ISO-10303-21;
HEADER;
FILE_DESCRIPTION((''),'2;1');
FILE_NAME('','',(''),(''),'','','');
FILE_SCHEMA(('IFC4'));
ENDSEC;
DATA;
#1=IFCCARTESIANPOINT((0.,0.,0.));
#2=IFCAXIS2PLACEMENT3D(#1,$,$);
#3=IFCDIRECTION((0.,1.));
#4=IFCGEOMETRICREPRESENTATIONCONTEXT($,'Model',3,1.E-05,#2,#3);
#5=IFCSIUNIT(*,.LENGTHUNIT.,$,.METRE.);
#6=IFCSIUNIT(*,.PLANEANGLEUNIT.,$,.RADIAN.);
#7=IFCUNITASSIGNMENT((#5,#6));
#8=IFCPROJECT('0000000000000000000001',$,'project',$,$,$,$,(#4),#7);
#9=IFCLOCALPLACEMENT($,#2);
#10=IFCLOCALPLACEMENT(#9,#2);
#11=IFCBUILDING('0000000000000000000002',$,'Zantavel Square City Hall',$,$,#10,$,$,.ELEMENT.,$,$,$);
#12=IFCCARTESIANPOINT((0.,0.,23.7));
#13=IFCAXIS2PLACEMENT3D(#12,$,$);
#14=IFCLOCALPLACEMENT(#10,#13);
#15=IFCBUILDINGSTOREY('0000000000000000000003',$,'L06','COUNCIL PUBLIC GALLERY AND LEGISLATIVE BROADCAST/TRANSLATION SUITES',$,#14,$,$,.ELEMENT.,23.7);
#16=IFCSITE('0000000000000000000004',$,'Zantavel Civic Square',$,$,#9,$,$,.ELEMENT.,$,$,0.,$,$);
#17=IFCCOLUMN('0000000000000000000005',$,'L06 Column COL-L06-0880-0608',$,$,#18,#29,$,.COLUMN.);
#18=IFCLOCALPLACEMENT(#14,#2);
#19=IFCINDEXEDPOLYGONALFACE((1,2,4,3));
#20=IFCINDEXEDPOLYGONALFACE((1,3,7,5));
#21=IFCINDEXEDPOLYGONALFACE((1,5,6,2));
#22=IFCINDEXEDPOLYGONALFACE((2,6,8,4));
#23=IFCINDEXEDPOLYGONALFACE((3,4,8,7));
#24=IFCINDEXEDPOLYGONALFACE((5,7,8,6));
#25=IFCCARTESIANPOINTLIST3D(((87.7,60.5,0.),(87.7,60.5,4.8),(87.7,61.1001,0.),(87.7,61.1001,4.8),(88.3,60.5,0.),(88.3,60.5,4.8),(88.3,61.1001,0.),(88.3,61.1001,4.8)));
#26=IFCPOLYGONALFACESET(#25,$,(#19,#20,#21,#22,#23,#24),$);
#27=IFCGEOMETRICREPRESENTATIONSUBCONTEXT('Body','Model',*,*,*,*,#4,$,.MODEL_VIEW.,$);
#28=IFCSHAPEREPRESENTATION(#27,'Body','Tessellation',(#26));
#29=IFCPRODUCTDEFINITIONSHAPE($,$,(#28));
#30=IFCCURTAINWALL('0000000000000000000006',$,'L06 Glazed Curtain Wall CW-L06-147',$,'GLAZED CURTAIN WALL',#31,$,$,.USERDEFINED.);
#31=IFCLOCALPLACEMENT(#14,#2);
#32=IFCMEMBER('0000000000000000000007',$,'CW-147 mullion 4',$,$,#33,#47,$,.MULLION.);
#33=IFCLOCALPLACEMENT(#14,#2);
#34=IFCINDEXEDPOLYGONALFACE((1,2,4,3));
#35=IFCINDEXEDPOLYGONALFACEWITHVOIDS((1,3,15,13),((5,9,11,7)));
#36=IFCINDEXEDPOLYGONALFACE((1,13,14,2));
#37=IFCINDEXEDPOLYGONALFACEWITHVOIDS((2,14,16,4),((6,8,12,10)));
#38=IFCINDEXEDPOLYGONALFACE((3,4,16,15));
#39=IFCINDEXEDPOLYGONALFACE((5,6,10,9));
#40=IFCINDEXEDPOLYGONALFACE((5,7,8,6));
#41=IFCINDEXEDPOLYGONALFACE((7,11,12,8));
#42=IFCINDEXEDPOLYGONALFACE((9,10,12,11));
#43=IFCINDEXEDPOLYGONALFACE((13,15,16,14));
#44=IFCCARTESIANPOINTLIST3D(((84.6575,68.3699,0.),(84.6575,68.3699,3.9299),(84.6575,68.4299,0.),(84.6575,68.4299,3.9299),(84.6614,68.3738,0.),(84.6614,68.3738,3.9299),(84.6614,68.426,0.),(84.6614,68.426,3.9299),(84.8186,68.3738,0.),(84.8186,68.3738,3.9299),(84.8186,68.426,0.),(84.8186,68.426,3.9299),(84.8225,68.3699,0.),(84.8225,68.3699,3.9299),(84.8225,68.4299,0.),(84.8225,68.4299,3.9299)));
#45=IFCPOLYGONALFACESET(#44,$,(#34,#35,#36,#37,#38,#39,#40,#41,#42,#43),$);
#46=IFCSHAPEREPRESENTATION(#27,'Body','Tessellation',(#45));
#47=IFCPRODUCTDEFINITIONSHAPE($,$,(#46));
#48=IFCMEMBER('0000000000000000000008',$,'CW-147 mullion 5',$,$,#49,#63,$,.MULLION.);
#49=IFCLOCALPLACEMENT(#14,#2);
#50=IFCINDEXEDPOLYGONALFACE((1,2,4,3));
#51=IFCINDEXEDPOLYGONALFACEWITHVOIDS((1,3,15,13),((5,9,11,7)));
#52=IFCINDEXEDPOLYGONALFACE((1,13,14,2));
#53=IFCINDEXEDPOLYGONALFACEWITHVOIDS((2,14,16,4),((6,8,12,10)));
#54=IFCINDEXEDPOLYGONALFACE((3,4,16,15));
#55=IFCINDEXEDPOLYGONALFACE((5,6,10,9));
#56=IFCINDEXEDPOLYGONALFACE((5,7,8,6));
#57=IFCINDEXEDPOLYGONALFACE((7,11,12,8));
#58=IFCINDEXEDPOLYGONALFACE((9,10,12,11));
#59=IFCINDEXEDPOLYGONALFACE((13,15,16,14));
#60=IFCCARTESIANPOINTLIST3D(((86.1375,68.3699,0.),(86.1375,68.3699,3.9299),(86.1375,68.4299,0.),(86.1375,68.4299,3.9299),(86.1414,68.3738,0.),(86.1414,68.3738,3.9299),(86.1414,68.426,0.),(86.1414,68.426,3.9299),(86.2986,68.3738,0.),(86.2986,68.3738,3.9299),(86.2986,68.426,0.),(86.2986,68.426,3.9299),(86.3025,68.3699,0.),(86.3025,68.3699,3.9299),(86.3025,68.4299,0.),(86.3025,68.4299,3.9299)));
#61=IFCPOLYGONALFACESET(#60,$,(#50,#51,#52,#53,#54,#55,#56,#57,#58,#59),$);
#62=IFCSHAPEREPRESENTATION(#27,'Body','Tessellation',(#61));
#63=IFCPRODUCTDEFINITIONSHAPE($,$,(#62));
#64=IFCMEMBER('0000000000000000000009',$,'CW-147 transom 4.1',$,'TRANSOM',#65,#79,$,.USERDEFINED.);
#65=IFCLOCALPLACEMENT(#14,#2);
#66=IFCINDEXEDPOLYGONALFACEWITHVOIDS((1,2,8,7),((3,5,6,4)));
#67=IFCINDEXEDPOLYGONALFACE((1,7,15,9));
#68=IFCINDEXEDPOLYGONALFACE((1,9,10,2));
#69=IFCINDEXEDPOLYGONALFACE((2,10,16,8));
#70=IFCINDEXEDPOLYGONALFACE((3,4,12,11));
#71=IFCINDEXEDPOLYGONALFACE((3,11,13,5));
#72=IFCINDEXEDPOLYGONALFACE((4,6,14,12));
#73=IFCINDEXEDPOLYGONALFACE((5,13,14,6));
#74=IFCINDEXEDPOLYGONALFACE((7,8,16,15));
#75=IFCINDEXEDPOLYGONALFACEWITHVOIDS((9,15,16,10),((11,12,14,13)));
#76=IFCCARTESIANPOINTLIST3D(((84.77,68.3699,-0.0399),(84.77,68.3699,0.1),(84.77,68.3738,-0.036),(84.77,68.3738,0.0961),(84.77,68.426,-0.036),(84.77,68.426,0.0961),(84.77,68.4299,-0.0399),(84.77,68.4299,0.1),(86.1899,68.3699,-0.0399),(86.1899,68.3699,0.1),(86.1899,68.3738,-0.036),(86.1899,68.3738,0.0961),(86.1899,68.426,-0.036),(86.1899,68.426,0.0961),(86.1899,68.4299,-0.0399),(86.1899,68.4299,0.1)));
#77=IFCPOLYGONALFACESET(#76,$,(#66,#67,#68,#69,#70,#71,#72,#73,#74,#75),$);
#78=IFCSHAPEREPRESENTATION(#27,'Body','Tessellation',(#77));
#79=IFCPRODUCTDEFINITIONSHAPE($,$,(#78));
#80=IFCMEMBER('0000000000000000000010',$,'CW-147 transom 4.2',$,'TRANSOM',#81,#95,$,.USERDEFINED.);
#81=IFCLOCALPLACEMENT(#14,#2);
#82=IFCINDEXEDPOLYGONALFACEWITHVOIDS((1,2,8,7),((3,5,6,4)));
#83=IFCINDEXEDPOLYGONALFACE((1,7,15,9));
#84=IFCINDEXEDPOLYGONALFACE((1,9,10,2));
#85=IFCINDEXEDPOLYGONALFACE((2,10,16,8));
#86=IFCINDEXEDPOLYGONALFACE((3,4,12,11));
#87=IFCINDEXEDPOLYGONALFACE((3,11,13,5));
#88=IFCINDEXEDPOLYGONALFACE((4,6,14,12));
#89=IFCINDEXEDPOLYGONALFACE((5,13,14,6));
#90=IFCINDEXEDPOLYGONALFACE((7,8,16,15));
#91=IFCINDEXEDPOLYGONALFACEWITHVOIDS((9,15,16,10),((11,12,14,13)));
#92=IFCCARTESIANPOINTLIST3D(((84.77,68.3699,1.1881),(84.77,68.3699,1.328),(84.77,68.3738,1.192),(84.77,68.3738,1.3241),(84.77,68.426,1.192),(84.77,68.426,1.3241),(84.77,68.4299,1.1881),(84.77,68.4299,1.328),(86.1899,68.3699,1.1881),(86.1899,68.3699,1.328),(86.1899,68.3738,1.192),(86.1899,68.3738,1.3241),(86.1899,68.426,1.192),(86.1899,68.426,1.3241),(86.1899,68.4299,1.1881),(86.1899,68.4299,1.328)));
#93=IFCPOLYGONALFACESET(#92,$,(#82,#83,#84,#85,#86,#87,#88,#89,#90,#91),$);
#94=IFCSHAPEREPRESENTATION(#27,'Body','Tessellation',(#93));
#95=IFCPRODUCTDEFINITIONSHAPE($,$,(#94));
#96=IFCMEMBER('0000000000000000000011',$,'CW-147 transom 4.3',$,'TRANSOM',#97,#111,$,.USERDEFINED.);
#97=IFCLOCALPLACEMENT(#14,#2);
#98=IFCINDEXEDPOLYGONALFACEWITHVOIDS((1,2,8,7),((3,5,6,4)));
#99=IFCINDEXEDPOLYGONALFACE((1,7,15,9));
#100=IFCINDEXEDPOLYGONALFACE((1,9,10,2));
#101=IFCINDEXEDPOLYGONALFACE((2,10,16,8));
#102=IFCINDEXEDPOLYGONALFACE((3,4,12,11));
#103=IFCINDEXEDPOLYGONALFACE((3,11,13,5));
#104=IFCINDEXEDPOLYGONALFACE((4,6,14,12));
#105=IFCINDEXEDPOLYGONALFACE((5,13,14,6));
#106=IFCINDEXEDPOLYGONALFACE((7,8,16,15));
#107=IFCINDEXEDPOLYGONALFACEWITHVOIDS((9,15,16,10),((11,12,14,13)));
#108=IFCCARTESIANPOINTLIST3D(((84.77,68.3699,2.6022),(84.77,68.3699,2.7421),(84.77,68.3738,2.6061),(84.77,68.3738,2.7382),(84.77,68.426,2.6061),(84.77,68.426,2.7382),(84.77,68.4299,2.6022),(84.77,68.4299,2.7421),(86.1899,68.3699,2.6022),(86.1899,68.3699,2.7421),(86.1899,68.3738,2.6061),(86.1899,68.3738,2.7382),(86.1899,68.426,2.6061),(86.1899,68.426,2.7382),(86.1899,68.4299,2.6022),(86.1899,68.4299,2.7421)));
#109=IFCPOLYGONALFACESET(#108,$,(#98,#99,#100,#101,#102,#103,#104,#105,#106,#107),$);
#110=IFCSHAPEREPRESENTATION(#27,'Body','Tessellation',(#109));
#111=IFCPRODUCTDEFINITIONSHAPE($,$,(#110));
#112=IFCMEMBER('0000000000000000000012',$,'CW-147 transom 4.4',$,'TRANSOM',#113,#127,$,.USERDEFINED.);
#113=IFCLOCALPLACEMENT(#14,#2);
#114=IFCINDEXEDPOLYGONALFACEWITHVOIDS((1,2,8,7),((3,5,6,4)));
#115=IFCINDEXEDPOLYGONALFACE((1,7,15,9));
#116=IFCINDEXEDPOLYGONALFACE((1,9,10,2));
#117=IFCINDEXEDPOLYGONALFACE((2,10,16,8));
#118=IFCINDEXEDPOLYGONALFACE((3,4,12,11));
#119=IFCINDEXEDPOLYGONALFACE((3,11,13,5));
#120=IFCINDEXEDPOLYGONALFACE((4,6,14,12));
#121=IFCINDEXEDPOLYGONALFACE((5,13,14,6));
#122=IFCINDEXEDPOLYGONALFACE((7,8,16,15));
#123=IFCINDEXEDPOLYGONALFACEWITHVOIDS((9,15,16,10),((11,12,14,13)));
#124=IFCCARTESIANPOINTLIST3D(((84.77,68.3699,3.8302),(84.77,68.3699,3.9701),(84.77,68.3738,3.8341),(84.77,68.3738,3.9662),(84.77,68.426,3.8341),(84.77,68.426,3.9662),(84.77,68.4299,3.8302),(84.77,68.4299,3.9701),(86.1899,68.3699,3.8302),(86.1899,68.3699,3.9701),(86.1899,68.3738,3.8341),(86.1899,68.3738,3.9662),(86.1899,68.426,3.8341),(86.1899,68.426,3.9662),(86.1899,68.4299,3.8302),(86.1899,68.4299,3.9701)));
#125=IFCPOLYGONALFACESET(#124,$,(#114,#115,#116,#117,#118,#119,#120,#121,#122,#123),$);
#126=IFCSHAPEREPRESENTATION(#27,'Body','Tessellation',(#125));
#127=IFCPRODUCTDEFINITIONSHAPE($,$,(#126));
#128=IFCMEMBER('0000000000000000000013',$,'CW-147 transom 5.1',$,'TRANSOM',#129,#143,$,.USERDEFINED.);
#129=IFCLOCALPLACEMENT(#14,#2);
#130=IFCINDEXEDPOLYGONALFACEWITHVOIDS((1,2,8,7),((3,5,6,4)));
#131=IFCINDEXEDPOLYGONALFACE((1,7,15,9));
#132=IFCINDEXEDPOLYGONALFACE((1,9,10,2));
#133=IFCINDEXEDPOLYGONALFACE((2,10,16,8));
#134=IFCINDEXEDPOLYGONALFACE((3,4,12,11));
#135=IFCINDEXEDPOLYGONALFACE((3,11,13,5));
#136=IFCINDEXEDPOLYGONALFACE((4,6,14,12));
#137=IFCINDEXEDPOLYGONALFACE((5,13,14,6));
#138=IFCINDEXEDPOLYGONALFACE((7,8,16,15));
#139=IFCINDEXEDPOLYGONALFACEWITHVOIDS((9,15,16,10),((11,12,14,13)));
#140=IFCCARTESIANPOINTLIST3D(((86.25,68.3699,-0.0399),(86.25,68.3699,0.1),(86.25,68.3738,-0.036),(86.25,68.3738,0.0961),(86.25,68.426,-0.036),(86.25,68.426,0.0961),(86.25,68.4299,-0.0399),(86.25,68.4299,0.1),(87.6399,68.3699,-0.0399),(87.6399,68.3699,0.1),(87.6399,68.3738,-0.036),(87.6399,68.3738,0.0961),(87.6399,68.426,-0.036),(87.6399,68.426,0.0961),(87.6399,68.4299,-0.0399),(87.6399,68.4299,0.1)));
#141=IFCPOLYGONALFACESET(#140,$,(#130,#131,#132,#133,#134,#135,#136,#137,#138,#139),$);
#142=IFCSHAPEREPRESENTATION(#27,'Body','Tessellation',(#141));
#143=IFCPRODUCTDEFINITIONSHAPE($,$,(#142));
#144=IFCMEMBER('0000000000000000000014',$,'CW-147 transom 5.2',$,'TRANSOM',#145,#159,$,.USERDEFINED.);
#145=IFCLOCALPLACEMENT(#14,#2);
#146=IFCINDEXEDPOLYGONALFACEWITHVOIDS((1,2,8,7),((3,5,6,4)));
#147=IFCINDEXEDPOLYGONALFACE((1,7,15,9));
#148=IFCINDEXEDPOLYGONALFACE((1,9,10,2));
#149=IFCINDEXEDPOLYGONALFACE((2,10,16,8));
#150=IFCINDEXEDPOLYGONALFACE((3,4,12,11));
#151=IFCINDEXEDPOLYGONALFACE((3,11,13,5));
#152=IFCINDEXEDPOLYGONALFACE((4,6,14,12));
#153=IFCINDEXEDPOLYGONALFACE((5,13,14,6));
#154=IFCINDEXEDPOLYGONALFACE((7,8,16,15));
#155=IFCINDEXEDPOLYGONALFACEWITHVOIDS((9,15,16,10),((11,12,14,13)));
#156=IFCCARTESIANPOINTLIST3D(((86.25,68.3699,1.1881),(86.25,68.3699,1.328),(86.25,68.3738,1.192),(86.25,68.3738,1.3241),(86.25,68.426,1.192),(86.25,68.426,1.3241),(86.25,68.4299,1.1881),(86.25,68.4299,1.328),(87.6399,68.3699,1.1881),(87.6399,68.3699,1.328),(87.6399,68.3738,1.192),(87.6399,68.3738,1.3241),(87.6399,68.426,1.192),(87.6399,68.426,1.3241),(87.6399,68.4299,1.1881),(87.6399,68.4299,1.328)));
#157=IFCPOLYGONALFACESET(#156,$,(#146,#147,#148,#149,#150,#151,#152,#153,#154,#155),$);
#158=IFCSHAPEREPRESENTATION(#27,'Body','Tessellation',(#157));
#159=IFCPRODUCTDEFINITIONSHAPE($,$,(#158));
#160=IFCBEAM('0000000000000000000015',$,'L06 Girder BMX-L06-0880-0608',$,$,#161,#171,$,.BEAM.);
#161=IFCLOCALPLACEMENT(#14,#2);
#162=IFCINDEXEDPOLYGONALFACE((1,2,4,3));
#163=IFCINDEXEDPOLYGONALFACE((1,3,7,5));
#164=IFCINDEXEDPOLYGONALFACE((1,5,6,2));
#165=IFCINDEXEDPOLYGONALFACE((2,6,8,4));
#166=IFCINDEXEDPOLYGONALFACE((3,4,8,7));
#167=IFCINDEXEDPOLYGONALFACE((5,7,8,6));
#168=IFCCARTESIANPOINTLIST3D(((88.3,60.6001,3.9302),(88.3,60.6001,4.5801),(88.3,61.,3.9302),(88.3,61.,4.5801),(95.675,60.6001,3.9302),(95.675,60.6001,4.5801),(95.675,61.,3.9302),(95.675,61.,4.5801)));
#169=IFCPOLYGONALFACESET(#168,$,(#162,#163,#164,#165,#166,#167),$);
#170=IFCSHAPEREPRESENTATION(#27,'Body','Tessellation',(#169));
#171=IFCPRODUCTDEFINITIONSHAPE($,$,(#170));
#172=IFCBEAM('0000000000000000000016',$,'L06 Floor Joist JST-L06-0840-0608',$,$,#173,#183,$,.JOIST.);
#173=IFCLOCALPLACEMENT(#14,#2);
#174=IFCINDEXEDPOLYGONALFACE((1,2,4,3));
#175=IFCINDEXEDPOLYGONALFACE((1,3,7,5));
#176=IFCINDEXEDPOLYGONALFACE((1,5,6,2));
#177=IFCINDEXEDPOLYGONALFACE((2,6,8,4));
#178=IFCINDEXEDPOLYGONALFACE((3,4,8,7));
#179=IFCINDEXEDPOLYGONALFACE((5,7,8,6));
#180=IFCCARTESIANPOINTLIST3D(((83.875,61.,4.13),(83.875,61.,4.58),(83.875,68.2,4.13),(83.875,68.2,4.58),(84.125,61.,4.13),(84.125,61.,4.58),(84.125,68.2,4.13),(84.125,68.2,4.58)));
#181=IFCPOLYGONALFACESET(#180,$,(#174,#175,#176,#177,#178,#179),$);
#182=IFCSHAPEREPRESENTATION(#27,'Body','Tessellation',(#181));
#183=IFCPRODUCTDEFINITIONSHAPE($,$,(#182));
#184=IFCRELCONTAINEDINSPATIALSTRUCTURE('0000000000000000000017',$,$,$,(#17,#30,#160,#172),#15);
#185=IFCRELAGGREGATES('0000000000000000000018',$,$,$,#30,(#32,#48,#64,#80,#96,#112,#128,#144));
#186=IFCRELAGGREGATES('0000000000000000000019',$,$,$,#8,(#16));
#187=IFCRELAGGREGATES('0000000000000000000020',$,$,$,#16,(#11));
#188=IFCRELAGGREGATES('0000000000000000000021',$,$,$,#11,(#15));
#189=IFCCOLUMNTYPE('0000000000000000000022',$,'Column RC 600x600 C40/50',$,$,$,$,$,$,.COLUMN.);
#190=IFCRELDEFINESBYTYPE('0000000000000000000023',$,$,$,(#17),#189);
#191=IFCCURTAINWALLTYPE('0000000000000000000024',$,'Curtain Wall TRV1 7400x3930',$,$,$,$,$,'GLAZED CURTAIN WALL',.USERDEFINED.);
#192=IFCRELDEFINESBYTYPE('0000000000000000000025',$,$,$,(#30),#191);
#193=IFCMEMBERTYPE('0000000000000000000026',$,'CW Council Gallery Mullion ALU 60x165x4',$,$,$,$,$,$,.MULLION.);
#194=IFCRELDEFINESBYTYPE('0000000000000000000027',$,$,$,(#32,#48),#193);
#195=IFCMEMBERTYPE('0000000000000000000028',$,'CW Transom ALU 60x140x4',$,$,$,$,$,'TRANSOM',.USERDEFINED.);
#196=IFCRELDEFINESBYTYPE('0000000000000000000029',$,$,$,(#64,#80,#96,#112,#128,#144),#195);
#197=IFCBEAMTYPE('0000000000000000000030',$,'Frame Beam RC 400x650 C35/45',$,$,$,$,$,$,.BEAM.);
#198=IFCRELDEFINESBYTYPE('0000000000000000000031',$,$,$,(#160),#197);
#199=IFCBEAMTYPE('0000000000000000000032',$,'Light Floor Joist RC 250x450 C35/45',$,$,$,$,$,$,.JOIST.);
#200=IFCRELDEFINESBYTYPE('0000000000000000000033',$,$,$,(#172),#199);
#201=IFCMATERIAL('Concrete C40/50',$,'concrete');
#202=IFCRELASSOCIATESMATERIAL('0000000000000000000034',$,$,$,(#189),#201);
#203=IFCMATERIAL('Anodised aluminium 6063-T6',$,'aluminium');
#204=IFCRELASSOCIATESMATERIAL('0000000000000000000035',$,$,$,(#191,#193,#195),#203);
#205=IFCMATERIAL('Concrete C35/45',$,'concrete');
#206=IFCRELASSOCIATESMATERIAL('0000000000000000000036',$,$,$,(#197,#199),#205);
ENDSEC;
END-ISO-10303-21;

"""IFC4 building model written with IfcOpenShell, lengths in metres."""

from ifc_helpers import new_model, si_unit, direction, frame, origin, origin_2d, place, context, subcontext, project, spatial, rectangle, hollow_rectangle, extrude, material, material_profile, profile_set, type_object, element, aggregate, save


model = new_model("IFC4")

# Units and contexts
model_context = context("Model", 3, precision=1e-05, world=origin(), true_north=direction((0.0, 1.0)))
body_context = subcontext(model_context, "Body", "Model", "MODEL_VIEW")
ifc_project = project(units=[si_unit("LENGTHUNIT", "METRE"), si_unit("PLANEANGLEUNIT", "RADIAN")], contexts=[model_context])

# Site, building, storey
site_placement = place(None, origin())
site = spatial("IfcSite", under=ifc_project, at=site_placement, Name="Zantavel Civic Square", CompositionType="ELEMENT", RefElevation=0.0)
building_placement = place(site_placement, origin())
building = spatial("IfcBuilding", under=site, at=building_placement, Name="Zantavel Square City Hall", CompositionType="ELEMENT")
storey_placement = place(building_placement, frame((0.0, 0.0, 23.7)))
storey = spatial("IfcBuildingStorey", under=building, at=storey_placement, Name="L06", Description="COUNCIL PUBLIC GALLERY AND LEGISLATIVE BROADCAST/TRANSLATION SUITES", CompositionType="ELEMENT", Elevation=23.7)

# Column
ifc_material_1 = material(Name="Concrete C40/50", Category="concrete")
ifc_material_profile_1 = material_profile(ifc_material_1, rectangle(XDim=0.6001, YDim=0.6001, at=origin_2d()), Name="RC 600x600")
ifc_profile_set_1 = profile_set([ifc_material_profile_1], Name="Concrete C40/50")
column_type = type_object("IfcColumnType", Name="Column RC 600x600 C40/50", PredefinedType="COLUMN", material=ifc_profile_set_1)
column_placement = place(storey_placement, frame((88.0, 60.8, 0.0), z_axis=(0.0, 0.0, 1.0), x_axis=(1.0, 0.0, 0.0)))
element("IfcColumn", 1, at=column_placement, inside=storey, type_object=column_type, Name="L06 Column COL-L06-0880-0608", PredefinedType="COLUMN", context=body_context, shape_type="SweptSolid", body=[
    extrude(rectangle(XDim=0.6001, YDim=0.6001, at=origin_2d()), origin(), (0.0, 0.0, 1.0), 4.8),
])

# Curtain wall, members
ifc_material_2 = material(Name="Anodised aluminium 6063-T6", Category="aluminium")
curtain_wall_type = type_object("IfcCurtainWallType", Name="Curtain Wall TRV1 7400x3930", ElementType="GLAZED CURTAIN WALL", PredefinedType="USERDEFINED", material=ifc_material_2)
curtain_wall_placement = place(storey_placement, origin())
curtain_wall = element("IfcCurtainWall", 2, at=curtain_wall_placement, inside=storey, type_object=curtain_wall_type, Name="L06 Glazed Curtain Wall CW-L06-147", ObjectType="GLAZED CURTAIN WALL", PredefinedType="USERDEFINED")
ifc_material_profile_2 = material_profile(ifc_material_2, hollow_rectangle(XDim=0.0601, YDim=0.165, WallThickness=0.0039, at=origin_2d()), Name="ALU 60x165x4")
ifc_profile_set_2 = profile_set([ifc_material_profile_2], Name="Anodised aluminium 6063-T6")
member_type_1 = type_object("IfcMemberType", Name="CW Council Gallery Mullion ALU 60x165x4", PredefinedType="MULLION", material=ifc_profile_set_2)
member_1_placement = place(storey_placement, frame((84.74, 68.3999, 0.0), z_axis=(0.0, 0.0, 1.0), x_axis=(0.0, 1.0, 0.0)))
member_1 = element("IfcMember", 3, at=member_1_placement, type_object=member_type_1, Name="CW-147 mullion 4", PredefinedType="MULLION", context=body_context, shape_type="SweptSolid", body=[
    extrude(hollow_rectangle(XDim=0.0601, YDim=0.165, WallThickness=0.0039, at=origin_2d()), origin(), (0.0, 0.0, 1.0), 3.9299),
])
member_2_placement = place(storey_placement, frame((86.22, 68.3999, 0.0), z_axis=(0.0, 0.0, 1.0), x_axis=(0.0, 1.0, 0.0)))
member_2 = element("IfcMember", 4, at=member_2_placement, type_object=member_type_1, Name="CW-147 mullion 5", PredefinedType="MULLION", context=body_context, shape_type="SweptSolid", body=[
    extrude(hollow_rectangle(XDim=0.0601, YDim=0.165, WallThickness=0.0039, at=origin_2d()), origin(), (0.0, 0.0, 1.0), 3.9299),
])
ifc_material_profile_3 = material_profile(ifc_material_2, hollow_rectangle(XDim=0.0601, YDim=0.1399, WallThickness=0.0039, at=origin_2d()), Name="ALU 60x140x4")
ifc_profile_set_3 = profile_set([ifc_material_profile_3], Name="Anodised aluminium 6063-T6")
member_type_2 = type_object("IfcMemberType", Name="CW Transom ALU 60x140x4", ElementType="TRANSOM", PredefinedType="USERDEFINED", material=ifc_profile_set_3)
member_3_placement = place(storey_placement, frame((84.77, 68.3999, 0.03), z_axis=(1.0, 0.0, 0.0), x_axis=(0.0, 1.0, 0.0)))
member_3 = element("IfcMember", 5, at=member_3_placement, type_object=member_type_2, Name="CW-147 transom 4.1", ObjectType="TRANSOM", PredefinedType="USERDEFINED", context=body_context, shape_type="SweptSolid", body=[
    extrude(hollow_rectangle(XDim=0.0601, YDim=0.1399, WallThickness=0.0039, at=origin_2d()), origin(), (0.0, 0.0, 1.0), 1.4199),
])
member_4_placement = place(storey_placement, frame((84.77, 68.3999, 1.2581), z_axis=(1.0, 0.0, 0.0), x_axis=(0.0, 1.0, 0.0)))
member_4 = element("IfcMember", 6, at=member_4_placement, type_object=member_type_2, Name="CW-147 transom 4.2", ObjectType="TRANSOM", PredefinedType="USERDEFINED", context=body_context, shape_type="SweptSolid", body=[
    extrude(hollow_rectangle(XDim=0.0601, YDim=0.1399, WallThickness=0.0039, at=origin_2d()), origin(), (0.0, 0.0, 1.0), 1.4199),
])
member_5_placement = place(storey_placement, frame((84.77, 68.3999, 2.6721), z_axis=(1.0, 0.0, 0.0), x_axis=(0.0, 1.0, 0.0)))
member_5 = element("IfcMember", 7, at=member_5_placement, type_object=member_type_2, Name="CW-147 transom 4.3", ObjectType="TRANSOM", PredefinedType="USERDEFINED", context=body_context, shape_type="SweptSolid", body=[
    extrude(hollow_rectangle(XDim=0.0601, YDim=0.1399, WallThickness=0.0039, at=origin_2d()), origin(), (0.0, 0.0, 1.0), 1.4199),
])
member_6_placement = place(storey_placement, frame((84.77, 68.3999, 3.9001), z_axis=(1.0, 0.0, 0.0), x_axis=(0.0, 1.0, 0.0)))
member_6 = element("IfcMember", 8, at=member_6_placement, type_object=member_type_2, Name="CW-147 transom 4.4", ObjectType="TRANSOM", PredefinedType="USERDEFINED", context=body_context, shape_type="SweptSolid", body=[
    extrude(hollow_rectangle(XDim=0.0601, YDim=0.1399, WallThickness=0.0039, at=origin_2d()), origin(), (0.0, 0.0, 1.0), 1.4199),
])
member_7_placement = place(storey_placement, frame((86.25, 68.3999, 0.03), z_axis=(1.0, 0.0, 0.0), x_axis=(0.0, 1.0, 0.0)))
member_7 = element("IfcMember", 9, at=member_7_placement, type_object=member_type_2, Name="CW-147 transom 5.1", ObjectType="TRANSOM", PredefinedType="USERDEFINED", context=body_context, shape_type="SweptSolid", body=[
    extrude(hollow_rectangle(XDim=0.0601, YDim=0.1399, WallThickness=0.0039, at=origin_2d()), origin(), (0.0, 0.0, 1.0), 1.3899),
])
member_8_placement = place(storey_placement, frame((86.25, 68.3999, 1.2581), z_axis=(1.0, 0.0, 0.0), x_axis=(0.0, 1.0, 0.0)))
member_8 = element("IfcMember", 10, at=member_8_placement, type_object=member_type_2, Name="CW-147 transom 5.2", ObjectType="TRANSOM", PredefinedType="USERDEFINED", context=body_context, shape_type="SweptSolid", body=[
    extrude(hollow_rectangle(XDim=0.0601, YDim=0.1399, WallThickness=0.0039, at=origin_2d()), origin(), (0.0, 0.0, 1.0), 1.3899),
])

# Beams
ifc_material_3 = material(Name="Concrete C35/45", Category="concrete")
ifc_material_profile_4 = material_profile(ifc_material_3, rectangle(XDim=0.3999, YDim=0.6499, at=origin_2d()), Name="RC 400x650")
ifc_profile_set_4 = profile_set([ifc_material_profile_4], Name="Concrete C35/45")
beam_type_1 = type_object("IfcBeamType", Name="Frame Beam RC 400x650 C35/45", PredefinedType="BEAM", material=ifc_profile_set_4)
beam_1_placement = place(storey_placement, frame((88.3, 60.8, 4.2551), z_axis=(1.0, 0.0, 0.0), x_axis=(0.0, 1.0, 0.0)))
element("IfcBeam", 11, at=beam_1_placement, inside=storey, type_object=beam_type_1, Name="L06 Girder BMX-L06-0880-0608", PredefinedType="BEAM", context=body_context, shape_type="SweptSolid", body=[
    extrude(rectangle(XDim=0.3999, YDim=0.6499, at=origin_2d()), origin(), (0.0, 0.0, 1.0), 7.375),
])
ifc_material_profile_5 = material_profile(ifc_material_3, rectangle(XDim=0.25, YDim=0.45, at=origin_2d()), Name="RC 250x450")
ifc_profile_set_5 = profile_set([ifc_material_profile_5], Name="Concrete C35/45")
beam_type_2 = type_object("IfcBeamType", Name="Light Floor Joist RC 250x450 C35/45", PredefinedType="JOIST", material=ifc_profile_set_5)
beam_2_placement = place(storey_placement, frame((84.0, 61.0, 4.355), z_axis=(0.0, 1.0, 0.0), x_axis=(-1.0, 0.0, 0.0)))
element("IfcBeam", 12, at=beam_2_placement, inside=storey, type_object=beam_type_2, Name="L06 Floor Joist JST-L06-0840-0608", PredefinedType="JOIST", context=body_context, shape_type="SweptSolid", body=[
    extrude(rectangle(XDim=0.25, YDim=0.45, at=origin_2d()), origin(), (0.0, 0.0, 1.0), 7.2),
])

aggregate(curtain_wall, [member_1, member_2, member_3, member_4, member_5, member_6, member_7, member_8])

save(model, "model.ifc")
